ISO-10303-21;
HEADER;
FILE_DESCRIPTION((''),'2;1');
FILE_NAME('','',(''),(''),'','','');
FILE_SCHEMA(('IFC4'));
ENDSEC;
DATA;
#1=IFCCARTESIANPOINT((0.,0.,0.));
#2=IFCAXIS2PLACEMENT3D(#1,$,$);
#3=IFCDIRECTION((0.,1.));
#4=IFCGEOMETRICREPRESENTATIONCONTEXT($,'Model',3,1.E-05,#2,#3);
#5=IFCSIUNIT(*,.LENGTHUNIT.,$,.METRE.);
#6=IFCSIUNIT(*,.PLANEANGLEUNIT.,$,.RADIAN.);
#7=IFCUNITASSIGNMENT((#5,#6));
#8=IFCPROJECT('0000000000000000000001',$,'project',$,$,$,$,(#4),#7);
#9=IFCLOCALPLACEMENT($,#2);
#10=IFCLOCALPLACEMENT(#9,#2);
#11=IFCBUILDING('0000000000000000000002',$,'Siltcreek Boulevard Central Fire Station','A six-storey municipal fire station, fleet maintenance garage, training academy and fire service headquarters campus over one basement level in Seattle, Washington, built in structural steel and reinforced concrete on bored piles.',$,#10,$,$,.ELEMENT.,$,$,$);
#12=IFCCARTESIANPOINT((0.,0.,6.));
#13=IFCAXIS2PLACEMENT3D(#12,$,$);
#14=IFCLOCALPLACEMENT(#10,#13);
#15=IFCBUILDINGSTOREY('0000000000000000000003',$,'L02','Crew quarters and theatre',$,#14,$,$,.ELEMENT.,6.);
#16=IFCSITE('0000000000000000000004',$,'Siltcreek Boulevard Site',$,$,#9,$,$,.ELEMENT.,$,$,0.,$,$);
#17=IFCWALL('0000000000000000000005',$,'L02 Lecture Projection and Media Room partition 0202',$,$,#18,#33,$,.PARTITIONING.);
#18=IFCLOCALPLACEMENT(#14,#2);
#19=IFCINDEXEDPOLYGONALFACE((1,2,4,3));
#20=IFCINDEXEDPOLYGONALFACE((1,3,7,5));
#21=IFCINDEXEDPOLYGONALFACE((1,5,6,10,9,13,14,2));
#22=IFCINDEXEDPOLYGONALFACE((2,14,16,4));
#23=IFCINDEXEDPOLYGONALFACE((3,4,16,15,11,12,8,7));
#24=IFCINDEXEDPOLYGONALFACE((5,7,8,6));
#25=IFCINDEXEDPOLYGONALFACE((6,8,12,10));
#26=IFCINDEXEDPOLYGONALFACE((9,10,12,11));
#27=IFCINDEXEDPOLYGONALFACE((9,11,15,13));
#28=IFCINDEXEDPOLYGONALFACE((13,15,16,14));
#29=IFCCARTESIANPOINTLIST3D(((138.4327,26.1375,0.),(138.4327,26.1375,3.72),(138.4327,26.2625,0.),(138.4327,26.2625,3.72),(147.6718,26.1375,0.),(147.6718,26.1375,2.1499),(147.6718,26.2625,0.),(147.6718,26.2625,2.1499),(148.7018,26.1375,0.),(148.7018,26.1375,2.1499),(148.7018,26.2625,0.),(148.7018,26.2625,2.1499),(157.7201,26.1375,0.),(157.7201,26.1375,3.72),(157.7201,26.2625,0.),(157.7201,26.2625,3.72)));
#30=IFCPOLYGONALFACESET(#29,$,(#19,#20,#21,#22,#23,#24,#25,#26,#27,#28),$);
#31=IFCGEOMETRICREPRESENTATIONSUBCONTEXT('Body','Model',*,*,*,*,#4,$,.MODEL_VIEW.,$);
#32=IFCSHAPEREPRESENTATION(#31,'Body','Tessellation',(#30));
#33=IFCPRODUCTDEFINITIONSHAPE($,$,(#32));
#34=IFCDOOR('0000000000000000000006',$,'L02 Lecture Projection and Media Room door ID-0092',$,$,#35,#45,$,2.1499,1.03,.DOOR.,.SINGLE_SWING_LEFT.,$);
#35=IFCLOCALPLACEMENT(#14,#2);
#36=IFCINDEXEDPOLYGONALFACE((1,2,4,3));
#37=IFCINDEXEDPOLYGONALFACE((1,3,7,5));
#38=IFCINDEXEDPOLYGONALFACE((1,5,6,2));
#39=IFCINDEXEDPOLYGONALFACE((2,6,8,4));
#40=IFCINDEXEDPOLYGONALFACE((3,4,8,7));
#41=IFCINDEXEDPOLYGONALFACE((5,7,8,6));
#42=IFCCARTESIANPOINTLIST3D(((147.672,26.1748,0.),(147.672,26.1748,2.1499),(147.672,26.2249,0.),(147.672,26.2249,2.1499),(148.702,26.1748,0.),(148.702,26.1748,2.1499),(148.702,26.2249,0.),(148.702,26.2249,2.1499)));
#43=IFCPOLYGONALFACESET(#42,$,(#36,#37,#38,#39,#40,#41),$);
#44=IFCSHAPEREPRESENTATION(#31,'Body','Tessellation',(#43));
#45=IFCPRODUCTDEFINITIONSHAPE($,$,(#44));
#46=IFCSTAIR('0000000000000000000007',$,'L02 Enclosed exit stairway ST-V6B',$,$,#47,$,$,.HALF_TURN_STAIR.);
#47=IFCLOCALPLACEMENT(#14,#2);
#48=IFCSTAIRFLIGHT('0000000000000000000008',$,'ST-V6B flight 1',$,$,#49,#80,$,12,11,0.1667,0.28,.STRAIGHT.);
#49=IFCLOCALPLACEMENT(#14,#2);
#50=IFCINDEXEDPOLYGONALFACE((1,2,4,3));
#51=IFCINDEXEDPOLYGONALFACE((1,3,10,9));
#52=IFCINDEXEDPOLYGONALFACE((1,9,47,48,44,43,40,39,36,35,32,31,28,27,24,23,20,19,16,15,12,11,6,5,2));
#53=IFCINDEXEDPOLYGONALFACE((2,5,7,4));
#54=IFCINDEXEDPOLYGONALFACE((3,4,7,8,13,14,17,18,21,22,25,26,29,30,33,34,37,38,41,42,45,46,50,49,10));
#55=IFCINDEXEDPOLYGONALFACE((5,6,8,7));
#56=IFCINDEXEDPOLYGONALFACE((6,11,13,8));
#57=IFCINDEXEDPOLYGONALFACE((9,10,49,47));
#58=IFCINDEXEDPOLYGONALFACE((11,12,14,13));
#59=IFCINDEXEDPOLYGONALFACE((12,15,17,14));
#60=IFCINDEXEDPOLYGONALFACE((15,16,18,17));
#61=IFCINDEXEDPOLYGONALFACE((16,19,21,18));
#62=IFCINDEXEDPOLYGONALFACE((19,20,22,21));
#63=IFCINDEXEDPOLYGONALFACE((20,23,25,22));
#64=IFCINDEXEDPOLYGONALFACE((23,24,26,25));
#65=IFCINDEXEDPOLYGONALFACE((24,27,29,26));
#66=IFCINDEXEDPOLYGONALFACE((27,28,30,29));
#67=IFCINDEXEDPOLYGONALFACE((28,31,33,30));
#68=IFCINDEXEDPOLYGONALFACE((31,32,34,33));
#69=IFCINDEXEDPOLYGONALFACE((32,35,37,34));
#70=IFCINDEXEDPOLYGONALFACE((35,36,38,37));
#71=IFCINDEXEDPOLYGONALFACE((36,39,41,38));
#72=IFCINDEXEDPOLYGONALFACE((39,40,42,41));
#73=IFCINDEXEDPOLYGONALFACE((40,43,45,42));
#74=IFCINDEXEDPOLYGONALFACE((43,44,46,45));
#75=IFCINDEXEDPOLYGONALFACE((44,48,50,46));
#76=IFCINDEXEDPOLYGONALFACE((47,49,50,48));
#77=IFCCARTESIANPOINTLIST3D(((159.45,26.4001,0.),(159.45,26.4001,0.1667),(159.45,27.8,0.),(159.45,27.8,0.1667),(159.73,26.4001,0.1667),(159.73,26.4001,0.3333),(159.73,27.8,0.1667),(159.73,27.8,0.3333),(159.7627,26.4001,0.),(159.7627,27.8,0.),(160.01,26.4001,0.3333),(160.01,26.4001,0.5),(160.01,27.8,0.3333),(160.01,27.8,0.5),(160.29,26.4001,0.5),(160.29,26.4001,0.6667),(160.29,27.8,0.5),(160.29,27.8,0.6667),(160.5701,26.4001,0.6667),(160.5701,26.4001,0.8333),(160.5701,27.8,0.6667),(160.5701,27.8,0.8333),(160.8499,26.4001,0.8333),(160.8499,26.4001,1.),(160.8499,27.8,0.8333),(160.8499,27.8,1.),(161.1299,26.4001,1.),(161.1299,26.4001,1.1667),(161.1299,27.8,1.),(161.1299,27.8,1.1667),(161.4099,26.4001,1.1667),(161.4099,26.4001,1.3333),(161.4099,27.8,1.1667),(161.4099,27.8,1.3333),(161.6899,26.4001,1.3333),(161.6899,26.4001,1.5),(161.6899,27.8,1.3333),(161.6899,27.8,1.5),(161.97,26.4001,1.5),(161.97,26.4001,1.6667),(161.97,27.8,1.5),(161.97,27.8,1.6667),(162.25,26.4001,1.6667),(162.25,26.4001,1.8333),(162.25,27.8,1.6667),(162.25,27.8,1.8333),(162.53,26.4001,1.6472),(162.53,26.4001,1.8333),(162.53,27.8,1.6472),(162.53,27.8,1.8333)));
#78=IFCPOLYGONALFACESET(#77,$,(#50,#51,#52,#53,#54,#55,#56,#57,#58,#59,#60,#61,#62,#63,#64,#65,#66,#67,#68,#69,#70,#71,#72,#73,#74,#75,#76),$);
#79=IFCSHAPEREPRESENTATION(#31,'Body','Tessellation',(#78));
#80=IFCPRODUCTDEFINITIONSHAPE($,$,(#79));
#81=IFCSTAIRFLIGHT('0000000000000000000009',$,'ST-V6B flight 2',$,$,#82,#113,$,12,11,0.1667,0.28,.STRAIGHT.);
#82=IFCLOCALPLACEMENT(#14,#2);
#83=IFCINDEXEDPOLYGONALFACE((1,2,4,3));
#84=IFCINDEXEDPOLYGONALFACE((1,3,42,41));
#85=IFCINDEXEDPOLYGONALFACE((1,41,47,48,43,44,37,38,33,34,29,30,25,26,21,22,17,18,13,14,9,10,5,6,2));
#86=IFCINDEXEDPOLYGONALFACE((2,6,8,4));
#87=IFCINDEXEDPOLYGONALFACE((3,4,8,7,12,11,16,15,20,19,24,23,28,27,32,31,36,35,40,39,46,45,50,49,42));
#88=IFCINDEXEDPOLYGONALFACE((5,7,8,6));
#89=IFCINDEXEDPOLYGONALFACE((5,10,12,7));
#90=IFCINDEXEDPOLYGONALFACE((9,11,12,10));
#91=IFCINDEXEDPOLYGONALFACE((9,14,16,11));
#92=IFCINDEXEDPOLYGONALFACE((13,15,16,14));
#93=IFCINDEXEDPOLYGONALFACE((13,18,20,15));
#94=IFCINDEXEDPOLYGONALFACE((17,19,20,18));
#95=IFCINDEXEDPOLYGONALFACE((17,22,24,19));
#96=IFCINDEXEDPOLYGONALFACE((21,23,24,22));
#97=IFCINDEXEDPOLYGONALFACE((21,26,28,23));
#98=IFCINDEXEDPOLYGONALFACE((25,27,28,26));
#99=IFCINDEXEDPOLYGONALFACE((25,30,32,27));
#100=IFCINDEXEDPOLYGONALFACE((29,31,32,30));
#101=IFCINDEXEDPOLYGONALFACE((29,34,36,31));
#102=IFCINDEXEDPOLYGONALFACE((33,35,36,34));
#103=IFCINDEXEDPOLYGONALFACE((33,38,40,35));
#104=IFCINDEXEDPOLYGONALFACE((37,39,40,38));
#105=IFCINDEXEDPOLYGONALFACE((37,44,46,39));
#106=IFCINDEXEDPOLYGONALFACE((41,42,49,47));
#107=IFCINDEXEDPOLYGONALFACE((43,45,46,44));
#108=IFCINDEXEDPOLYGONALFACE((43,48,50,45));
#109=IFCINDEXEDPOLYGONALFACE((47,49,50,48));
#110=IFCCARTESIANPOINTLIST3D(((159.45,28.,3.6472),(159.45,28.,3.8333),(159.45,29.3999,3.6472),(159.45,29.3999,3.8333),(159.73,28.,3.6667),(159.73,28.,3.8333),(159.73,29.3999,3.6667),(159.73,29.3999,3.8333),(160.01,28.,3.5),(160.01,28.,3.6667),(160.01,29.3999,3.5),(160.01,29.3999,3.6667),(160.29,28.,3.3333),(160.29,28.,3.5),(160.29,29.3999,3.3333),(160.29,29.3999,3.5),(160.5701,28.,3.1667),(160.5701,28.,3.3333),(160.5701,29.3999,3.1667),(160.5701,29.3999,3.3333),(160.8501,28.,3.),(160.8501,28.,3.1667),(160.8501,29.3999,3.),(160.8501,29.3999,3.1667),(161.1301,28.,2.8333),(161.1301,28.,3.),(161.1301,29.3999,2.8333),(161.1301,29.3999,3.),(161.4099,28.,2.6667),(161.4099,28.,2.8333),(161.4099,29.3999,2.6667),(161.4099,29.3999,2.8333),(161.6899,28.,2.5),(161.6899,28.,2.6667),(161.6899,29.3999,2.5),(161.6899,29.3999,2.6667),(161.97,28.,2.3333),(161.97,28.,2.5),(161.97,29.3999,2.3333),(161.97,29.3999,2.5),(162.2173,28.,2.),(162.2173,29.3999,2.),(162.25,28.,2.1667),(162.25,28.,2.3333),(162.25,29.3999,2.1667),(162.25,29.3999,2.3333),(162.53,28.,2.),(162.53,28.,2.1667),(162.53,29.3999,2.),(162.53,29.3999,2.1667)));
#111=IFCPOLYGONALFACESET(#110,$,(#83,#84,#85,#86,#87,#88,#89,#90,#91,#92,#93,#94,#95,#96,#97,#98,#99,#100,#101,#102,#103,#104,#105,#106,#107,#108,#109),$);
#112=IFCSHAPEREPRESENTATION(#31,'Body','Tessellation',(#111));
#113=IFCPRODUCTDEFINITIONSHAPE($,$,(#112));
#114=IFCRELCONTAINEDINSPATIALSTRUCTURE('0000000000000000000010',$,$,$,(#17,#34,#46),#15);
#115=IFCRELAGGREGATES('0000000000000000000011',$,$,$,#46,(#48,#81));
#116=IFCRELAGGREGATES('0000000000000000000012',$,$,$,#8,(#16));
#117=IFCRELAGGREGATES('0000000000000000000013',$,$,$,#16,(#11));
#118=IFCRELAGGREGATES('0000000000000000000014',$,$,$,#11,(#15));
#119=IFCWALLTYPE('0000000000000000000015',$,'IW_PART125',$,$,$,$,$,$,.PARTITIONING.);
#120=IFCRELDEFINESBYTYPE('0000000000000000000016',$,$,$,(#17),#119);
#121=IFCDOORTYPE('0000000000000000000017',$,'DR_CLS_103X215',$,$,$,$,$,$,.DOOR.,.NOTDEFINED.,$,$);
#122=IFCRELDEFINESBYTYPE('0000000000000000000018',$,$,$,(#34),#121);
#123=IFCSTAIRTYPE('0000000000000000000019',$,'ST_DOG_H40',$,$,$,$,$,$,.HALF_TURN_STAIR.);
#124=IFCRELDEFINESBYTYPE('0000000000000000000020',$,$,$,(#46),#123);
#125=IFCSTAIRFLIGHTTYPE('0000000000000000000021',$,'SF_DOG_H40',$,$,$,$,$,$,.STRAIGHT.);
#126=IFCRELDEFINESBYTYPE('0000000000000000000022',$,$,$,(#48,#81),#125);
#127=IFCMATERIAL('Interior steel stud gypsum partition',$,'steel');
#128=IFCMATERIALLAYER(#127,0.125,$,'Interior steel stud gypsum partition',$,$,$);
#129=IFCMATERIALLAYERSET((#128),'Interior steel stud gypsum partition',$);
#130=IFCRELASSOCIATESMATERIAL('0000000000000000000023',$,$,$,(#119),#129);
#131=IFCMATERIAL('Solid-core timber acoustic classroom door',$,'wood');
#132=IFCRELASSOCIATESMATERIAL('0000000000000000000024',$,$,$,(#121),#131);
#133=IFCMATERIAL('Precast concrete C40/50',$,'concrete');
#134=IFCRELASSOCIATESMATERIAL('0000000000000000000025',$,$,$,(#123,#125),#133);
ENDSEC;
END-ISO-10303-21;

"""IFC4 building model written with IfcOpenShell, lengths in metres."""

from ifc_helpers import new_model, si_unit, direction, frame, frame_2d, origin, place, context, subcontext, project, spatial, polyline, rectangle, outline, extrude, material, layer, layer_set, type_object, element, fill, aggregate, save


model = new_model("IFC4")

# Units and contexts
model_context = context("Model", 3, precision=1e-05, world=origin(), true_north=direction((0.0, 1.0)))
body_context = subcontext(model_context, "Body", "Model", "MODEL_VIEW")
ifc_project = project(units=[si_unit("LENGTHUNIT", "METRE"), si_unit("PLANEANGLEUNIT", "RADIAN")], contexts=[model_context])

# Site, building, storey
site_placement = place(None, origin())
site = spatial("IfcSite", under=ifc_project, at=site_placement, Name="Siltcreek Boulevard Site", CompositionType="ELEMENT", RefElevation=0.0)
building_placement = place(site_placement, origin())
building = spatial("IfcBuilding", under=site, at=building_placement, Name="Siltcreek Boulevard Central Fire Station", Description="A six-storey municipal fire station, fleet maintenance garage, training academy and fire service headquarters campus over one basement level in Seattle, Washington, built in structural steel and reinforced concrete on bored piles.", CompositionType="ELEMENT")
storey_placement = place(building_placement, frame((0.0, 0.0, 6.0)))
storey = spatial("IfcBuildingStorey", under=building, at=storey_placement, Name="L02", Description="Crew quarters and theatre", CompositionType="ELEMENT", Elevation=6.0)

# Wall, opening, door
ifc_material_1 = material(Name="Interior steel stud gypsum partition", Category="steel")
ifc_layer_1 = layer(ifc_material_1, 0.125, Name="Interior steel stud gypsum partition")
ifc_layer_set_1 = layer_set([ifc_layer_1], Name="Interior steel stud gypsum partition")
wall_type_1 = type_object("IfcWallType", Name="IW_PART125", PredefinedType="PARTITIONING", material=ifc_layer_set_1)
wall_1_placement = place(storey_placement, frame((157.72, 26.2, 0.0), z_axis=(0.0, 0.0, 1.0), x_axis=(-1.0, 0.0, 0.0)))
wall_1 = element("IfcWall", 1, at=wall_1_placement, inside=storey, type_object=wall_type_1, Name="L02 Lecture Projection and Media Room partition 0202", PredefinedType="PARTITIONING", context=body_context, shape_type="SweptSolid", body=[
    extrude(rectangle(XDim=19.2874, YDim=0.125, at=frame_2d((9.6436, 0.0))), origin(), (0.0, 0.0, 1.0), 3.72),
])
opening_1_placement = place(wall_1_placement, frame((9.0181, 0.0, 0.0)))
opening_1 = element("IfcOpeningElement", 2, at=opening_1_placement, cuts=wall_1, PredefinedType="OPENING", context=body_context, shape_type="SweptSolid", body=[
    extrude(rectangle(XDim=1.03, YDim=2.1499, at=frame_2d((0.5151, 1.075))), frame((0.0, 0.0725, 0.0), z_axis=(0.0, -1.0, 0.0), x_axis=(1.0, 0.0, 0.0)), (0.0, 0.0, 1.0), 0.145),
])
ifc_material_2 = material(Name="Solid-core timber acoustic classroom door", Category="wood")
door_type_1 = type_object("IfcDoorType", Name="DR_CLS_103X215", OperationType="NOTDEFINED", PredefinedType="DOOR", material=ifc_material_2)
door_1_placement = place(opening_1_placement, frame((1.03, 0.0, 0.0), z_axis=(0.0, 0.0, 1.0), x_axis=(-1.0, 0.0, 0.0)))
door_1 = element("IfcDoor", 3, at=door_1_placement, inside=storey, type_object=door_type_1, Name="L02 Lecture Projection and Media Room door ID-0092", OperationType="SINGLE_SWING_LEFT", OverallHeight=2.1499, OverallWidth=1.03, PredefinedType="DOOR", context=body_context, shape_type="SweptSolid", body=[
    extrude(rectangle(XDim=1.03, YDim=2.1499, at=frame_2d((0.5151, 1.075))), frame((0.0, 0.0249, 0.0), z_axis=(0.0, -1.0, 0.0), x_axis=(1.0, 0.0, 0.0)), (0.0, 0.0, 1.0), 0.05),
])
fill(opening_1, door_1)

# Stair, stair flights
ifc_material_3 = material(Name="Precast concrete C40/50", Category="concrete")
stair_type = type_object("IfcStairType", Name="ST_DOG_H40", PredefinedType="HALF_TURN_STAIR", material=ifc_material_3)
stair_placement = place(storey_placement, origin())
stair = element("IfcStair", 4, at=stair_placement, inside=storey, type_object=stair_type, Name="L02 Enclosed exit stairway ST-V6B", PredefinedType="HALF_TURN_STAIR")
stair_flight_type = type_object("IfcStairFlightType", Name="SF_DOG_H40", PredefinedType="STRAIGHT", material=ifc_material_3)
stair_flight_1_placement = place(storey_placement, frame((159.45, 27.1001, 0.0), z_axis=(0.0, 0.0, 1.0), x_axis=(1.0, 0.0, 0.0)))
stair_flight_1 = element("IfcStairFlight", 5, at=stair_flight_1_placement, type_object=stair_flight_type, Name="ST-V6B flight 1", NumberOfRisers=12, NumberOfTreads=11, PredefinedType="STRAIGHT", RiserHeight=0.1667, TreadLength=0.28, context=body_context, shape_type="SweptSolid", body=[
    extrude(outline(polyline([(0.0, 0.0), (0.0, 0.1667), (0.28, 0.1667), (0.28, 0.3333), (0.5601, 0.3333), (0.5601, 0.5), (0.8401, 0.5), (0.8401, 0.6667), (1.1201, 0.6667), (1.1201, 0.8333), (1.3999, 0.8333), (1.3999, 1.0), (1.6799, 1.0), (1.6799, 1.1667), (1.96, 1.1667), (1.96, 1.3333), (2.24, 1.3333), (2.24, 1.5), (2.52, 1.5), (2.52, 1.6667), (2.8, 1.6667), (2.8, 1.8333), (3.0801, 1.8333), (3.0801, 2.0), (3.0801, 1.6472), (0.3127, 0.0), (0.0, 0.0)])), frame((0.0, 0.7, 0.0), z_axis=(0.0, -1.0, 0.0), x_axis=(1.0, 0.0, 0.0)), (0.0, 0.0, 1.0), 1.3999),
])
stair_flight_2_placement = place(storey_placement, frame((162.53, 28.7, 2.0), z_axis=(0.0, 0.0, 1.0), x_axis=(-1.0, 0.0, 0.0)))
stair_flight_2 = element("IfcStairFlight", 6, at=stair_flight_2_placement, type_object=stair_flight_type, Name="ST-V6B flight 2", NumberOfRisers=12, NumberOfTreads=11, PredefinedType="STRAIGHT", RiserHeight=0.1667, TreadLength=0.28, context=body_context, shape_type="SweptSolid", body=[
    extrude(outline(polyline([(0.0, 0.0), (0.0, 0.1667), (0.28, 0.1667), (0.28, 0.3333), (0.5601, 0.3333), (0.5601, 0.5), (0.8401, 0.5), (0.8401, 0.6667), (1.1201, 0.6667), (1.1201, 0.8333), (1.3999, 0.8333), (1.3999, 1.0), (1.6799, 1.0), (1.6799, 1.1667), (1.96, 1.1667), (1.96, 1.3333), (2.24, 1.3333), (2.24, 1.5), (2.52, 1.5), (2.52, 1.6667), (2.8, 1.6667), (2.8, 1.8333), (3.0801, 1.8333), (3.0801, 2.0), (3.0801, 1.6472), (0.3127, 0.0), (0.0, 0.0)])), frame((0.0, 0.7, 0.0), z_axis=(0.0, -1.0, 0.0), x_axis=(1.0, 0.0, 0.0)), (0.0, 0.0, 1.0), 1.3999),
])
aggregate(stair, [stair_flight_1, stair_flight_2])

save(model, "model.ifc")
